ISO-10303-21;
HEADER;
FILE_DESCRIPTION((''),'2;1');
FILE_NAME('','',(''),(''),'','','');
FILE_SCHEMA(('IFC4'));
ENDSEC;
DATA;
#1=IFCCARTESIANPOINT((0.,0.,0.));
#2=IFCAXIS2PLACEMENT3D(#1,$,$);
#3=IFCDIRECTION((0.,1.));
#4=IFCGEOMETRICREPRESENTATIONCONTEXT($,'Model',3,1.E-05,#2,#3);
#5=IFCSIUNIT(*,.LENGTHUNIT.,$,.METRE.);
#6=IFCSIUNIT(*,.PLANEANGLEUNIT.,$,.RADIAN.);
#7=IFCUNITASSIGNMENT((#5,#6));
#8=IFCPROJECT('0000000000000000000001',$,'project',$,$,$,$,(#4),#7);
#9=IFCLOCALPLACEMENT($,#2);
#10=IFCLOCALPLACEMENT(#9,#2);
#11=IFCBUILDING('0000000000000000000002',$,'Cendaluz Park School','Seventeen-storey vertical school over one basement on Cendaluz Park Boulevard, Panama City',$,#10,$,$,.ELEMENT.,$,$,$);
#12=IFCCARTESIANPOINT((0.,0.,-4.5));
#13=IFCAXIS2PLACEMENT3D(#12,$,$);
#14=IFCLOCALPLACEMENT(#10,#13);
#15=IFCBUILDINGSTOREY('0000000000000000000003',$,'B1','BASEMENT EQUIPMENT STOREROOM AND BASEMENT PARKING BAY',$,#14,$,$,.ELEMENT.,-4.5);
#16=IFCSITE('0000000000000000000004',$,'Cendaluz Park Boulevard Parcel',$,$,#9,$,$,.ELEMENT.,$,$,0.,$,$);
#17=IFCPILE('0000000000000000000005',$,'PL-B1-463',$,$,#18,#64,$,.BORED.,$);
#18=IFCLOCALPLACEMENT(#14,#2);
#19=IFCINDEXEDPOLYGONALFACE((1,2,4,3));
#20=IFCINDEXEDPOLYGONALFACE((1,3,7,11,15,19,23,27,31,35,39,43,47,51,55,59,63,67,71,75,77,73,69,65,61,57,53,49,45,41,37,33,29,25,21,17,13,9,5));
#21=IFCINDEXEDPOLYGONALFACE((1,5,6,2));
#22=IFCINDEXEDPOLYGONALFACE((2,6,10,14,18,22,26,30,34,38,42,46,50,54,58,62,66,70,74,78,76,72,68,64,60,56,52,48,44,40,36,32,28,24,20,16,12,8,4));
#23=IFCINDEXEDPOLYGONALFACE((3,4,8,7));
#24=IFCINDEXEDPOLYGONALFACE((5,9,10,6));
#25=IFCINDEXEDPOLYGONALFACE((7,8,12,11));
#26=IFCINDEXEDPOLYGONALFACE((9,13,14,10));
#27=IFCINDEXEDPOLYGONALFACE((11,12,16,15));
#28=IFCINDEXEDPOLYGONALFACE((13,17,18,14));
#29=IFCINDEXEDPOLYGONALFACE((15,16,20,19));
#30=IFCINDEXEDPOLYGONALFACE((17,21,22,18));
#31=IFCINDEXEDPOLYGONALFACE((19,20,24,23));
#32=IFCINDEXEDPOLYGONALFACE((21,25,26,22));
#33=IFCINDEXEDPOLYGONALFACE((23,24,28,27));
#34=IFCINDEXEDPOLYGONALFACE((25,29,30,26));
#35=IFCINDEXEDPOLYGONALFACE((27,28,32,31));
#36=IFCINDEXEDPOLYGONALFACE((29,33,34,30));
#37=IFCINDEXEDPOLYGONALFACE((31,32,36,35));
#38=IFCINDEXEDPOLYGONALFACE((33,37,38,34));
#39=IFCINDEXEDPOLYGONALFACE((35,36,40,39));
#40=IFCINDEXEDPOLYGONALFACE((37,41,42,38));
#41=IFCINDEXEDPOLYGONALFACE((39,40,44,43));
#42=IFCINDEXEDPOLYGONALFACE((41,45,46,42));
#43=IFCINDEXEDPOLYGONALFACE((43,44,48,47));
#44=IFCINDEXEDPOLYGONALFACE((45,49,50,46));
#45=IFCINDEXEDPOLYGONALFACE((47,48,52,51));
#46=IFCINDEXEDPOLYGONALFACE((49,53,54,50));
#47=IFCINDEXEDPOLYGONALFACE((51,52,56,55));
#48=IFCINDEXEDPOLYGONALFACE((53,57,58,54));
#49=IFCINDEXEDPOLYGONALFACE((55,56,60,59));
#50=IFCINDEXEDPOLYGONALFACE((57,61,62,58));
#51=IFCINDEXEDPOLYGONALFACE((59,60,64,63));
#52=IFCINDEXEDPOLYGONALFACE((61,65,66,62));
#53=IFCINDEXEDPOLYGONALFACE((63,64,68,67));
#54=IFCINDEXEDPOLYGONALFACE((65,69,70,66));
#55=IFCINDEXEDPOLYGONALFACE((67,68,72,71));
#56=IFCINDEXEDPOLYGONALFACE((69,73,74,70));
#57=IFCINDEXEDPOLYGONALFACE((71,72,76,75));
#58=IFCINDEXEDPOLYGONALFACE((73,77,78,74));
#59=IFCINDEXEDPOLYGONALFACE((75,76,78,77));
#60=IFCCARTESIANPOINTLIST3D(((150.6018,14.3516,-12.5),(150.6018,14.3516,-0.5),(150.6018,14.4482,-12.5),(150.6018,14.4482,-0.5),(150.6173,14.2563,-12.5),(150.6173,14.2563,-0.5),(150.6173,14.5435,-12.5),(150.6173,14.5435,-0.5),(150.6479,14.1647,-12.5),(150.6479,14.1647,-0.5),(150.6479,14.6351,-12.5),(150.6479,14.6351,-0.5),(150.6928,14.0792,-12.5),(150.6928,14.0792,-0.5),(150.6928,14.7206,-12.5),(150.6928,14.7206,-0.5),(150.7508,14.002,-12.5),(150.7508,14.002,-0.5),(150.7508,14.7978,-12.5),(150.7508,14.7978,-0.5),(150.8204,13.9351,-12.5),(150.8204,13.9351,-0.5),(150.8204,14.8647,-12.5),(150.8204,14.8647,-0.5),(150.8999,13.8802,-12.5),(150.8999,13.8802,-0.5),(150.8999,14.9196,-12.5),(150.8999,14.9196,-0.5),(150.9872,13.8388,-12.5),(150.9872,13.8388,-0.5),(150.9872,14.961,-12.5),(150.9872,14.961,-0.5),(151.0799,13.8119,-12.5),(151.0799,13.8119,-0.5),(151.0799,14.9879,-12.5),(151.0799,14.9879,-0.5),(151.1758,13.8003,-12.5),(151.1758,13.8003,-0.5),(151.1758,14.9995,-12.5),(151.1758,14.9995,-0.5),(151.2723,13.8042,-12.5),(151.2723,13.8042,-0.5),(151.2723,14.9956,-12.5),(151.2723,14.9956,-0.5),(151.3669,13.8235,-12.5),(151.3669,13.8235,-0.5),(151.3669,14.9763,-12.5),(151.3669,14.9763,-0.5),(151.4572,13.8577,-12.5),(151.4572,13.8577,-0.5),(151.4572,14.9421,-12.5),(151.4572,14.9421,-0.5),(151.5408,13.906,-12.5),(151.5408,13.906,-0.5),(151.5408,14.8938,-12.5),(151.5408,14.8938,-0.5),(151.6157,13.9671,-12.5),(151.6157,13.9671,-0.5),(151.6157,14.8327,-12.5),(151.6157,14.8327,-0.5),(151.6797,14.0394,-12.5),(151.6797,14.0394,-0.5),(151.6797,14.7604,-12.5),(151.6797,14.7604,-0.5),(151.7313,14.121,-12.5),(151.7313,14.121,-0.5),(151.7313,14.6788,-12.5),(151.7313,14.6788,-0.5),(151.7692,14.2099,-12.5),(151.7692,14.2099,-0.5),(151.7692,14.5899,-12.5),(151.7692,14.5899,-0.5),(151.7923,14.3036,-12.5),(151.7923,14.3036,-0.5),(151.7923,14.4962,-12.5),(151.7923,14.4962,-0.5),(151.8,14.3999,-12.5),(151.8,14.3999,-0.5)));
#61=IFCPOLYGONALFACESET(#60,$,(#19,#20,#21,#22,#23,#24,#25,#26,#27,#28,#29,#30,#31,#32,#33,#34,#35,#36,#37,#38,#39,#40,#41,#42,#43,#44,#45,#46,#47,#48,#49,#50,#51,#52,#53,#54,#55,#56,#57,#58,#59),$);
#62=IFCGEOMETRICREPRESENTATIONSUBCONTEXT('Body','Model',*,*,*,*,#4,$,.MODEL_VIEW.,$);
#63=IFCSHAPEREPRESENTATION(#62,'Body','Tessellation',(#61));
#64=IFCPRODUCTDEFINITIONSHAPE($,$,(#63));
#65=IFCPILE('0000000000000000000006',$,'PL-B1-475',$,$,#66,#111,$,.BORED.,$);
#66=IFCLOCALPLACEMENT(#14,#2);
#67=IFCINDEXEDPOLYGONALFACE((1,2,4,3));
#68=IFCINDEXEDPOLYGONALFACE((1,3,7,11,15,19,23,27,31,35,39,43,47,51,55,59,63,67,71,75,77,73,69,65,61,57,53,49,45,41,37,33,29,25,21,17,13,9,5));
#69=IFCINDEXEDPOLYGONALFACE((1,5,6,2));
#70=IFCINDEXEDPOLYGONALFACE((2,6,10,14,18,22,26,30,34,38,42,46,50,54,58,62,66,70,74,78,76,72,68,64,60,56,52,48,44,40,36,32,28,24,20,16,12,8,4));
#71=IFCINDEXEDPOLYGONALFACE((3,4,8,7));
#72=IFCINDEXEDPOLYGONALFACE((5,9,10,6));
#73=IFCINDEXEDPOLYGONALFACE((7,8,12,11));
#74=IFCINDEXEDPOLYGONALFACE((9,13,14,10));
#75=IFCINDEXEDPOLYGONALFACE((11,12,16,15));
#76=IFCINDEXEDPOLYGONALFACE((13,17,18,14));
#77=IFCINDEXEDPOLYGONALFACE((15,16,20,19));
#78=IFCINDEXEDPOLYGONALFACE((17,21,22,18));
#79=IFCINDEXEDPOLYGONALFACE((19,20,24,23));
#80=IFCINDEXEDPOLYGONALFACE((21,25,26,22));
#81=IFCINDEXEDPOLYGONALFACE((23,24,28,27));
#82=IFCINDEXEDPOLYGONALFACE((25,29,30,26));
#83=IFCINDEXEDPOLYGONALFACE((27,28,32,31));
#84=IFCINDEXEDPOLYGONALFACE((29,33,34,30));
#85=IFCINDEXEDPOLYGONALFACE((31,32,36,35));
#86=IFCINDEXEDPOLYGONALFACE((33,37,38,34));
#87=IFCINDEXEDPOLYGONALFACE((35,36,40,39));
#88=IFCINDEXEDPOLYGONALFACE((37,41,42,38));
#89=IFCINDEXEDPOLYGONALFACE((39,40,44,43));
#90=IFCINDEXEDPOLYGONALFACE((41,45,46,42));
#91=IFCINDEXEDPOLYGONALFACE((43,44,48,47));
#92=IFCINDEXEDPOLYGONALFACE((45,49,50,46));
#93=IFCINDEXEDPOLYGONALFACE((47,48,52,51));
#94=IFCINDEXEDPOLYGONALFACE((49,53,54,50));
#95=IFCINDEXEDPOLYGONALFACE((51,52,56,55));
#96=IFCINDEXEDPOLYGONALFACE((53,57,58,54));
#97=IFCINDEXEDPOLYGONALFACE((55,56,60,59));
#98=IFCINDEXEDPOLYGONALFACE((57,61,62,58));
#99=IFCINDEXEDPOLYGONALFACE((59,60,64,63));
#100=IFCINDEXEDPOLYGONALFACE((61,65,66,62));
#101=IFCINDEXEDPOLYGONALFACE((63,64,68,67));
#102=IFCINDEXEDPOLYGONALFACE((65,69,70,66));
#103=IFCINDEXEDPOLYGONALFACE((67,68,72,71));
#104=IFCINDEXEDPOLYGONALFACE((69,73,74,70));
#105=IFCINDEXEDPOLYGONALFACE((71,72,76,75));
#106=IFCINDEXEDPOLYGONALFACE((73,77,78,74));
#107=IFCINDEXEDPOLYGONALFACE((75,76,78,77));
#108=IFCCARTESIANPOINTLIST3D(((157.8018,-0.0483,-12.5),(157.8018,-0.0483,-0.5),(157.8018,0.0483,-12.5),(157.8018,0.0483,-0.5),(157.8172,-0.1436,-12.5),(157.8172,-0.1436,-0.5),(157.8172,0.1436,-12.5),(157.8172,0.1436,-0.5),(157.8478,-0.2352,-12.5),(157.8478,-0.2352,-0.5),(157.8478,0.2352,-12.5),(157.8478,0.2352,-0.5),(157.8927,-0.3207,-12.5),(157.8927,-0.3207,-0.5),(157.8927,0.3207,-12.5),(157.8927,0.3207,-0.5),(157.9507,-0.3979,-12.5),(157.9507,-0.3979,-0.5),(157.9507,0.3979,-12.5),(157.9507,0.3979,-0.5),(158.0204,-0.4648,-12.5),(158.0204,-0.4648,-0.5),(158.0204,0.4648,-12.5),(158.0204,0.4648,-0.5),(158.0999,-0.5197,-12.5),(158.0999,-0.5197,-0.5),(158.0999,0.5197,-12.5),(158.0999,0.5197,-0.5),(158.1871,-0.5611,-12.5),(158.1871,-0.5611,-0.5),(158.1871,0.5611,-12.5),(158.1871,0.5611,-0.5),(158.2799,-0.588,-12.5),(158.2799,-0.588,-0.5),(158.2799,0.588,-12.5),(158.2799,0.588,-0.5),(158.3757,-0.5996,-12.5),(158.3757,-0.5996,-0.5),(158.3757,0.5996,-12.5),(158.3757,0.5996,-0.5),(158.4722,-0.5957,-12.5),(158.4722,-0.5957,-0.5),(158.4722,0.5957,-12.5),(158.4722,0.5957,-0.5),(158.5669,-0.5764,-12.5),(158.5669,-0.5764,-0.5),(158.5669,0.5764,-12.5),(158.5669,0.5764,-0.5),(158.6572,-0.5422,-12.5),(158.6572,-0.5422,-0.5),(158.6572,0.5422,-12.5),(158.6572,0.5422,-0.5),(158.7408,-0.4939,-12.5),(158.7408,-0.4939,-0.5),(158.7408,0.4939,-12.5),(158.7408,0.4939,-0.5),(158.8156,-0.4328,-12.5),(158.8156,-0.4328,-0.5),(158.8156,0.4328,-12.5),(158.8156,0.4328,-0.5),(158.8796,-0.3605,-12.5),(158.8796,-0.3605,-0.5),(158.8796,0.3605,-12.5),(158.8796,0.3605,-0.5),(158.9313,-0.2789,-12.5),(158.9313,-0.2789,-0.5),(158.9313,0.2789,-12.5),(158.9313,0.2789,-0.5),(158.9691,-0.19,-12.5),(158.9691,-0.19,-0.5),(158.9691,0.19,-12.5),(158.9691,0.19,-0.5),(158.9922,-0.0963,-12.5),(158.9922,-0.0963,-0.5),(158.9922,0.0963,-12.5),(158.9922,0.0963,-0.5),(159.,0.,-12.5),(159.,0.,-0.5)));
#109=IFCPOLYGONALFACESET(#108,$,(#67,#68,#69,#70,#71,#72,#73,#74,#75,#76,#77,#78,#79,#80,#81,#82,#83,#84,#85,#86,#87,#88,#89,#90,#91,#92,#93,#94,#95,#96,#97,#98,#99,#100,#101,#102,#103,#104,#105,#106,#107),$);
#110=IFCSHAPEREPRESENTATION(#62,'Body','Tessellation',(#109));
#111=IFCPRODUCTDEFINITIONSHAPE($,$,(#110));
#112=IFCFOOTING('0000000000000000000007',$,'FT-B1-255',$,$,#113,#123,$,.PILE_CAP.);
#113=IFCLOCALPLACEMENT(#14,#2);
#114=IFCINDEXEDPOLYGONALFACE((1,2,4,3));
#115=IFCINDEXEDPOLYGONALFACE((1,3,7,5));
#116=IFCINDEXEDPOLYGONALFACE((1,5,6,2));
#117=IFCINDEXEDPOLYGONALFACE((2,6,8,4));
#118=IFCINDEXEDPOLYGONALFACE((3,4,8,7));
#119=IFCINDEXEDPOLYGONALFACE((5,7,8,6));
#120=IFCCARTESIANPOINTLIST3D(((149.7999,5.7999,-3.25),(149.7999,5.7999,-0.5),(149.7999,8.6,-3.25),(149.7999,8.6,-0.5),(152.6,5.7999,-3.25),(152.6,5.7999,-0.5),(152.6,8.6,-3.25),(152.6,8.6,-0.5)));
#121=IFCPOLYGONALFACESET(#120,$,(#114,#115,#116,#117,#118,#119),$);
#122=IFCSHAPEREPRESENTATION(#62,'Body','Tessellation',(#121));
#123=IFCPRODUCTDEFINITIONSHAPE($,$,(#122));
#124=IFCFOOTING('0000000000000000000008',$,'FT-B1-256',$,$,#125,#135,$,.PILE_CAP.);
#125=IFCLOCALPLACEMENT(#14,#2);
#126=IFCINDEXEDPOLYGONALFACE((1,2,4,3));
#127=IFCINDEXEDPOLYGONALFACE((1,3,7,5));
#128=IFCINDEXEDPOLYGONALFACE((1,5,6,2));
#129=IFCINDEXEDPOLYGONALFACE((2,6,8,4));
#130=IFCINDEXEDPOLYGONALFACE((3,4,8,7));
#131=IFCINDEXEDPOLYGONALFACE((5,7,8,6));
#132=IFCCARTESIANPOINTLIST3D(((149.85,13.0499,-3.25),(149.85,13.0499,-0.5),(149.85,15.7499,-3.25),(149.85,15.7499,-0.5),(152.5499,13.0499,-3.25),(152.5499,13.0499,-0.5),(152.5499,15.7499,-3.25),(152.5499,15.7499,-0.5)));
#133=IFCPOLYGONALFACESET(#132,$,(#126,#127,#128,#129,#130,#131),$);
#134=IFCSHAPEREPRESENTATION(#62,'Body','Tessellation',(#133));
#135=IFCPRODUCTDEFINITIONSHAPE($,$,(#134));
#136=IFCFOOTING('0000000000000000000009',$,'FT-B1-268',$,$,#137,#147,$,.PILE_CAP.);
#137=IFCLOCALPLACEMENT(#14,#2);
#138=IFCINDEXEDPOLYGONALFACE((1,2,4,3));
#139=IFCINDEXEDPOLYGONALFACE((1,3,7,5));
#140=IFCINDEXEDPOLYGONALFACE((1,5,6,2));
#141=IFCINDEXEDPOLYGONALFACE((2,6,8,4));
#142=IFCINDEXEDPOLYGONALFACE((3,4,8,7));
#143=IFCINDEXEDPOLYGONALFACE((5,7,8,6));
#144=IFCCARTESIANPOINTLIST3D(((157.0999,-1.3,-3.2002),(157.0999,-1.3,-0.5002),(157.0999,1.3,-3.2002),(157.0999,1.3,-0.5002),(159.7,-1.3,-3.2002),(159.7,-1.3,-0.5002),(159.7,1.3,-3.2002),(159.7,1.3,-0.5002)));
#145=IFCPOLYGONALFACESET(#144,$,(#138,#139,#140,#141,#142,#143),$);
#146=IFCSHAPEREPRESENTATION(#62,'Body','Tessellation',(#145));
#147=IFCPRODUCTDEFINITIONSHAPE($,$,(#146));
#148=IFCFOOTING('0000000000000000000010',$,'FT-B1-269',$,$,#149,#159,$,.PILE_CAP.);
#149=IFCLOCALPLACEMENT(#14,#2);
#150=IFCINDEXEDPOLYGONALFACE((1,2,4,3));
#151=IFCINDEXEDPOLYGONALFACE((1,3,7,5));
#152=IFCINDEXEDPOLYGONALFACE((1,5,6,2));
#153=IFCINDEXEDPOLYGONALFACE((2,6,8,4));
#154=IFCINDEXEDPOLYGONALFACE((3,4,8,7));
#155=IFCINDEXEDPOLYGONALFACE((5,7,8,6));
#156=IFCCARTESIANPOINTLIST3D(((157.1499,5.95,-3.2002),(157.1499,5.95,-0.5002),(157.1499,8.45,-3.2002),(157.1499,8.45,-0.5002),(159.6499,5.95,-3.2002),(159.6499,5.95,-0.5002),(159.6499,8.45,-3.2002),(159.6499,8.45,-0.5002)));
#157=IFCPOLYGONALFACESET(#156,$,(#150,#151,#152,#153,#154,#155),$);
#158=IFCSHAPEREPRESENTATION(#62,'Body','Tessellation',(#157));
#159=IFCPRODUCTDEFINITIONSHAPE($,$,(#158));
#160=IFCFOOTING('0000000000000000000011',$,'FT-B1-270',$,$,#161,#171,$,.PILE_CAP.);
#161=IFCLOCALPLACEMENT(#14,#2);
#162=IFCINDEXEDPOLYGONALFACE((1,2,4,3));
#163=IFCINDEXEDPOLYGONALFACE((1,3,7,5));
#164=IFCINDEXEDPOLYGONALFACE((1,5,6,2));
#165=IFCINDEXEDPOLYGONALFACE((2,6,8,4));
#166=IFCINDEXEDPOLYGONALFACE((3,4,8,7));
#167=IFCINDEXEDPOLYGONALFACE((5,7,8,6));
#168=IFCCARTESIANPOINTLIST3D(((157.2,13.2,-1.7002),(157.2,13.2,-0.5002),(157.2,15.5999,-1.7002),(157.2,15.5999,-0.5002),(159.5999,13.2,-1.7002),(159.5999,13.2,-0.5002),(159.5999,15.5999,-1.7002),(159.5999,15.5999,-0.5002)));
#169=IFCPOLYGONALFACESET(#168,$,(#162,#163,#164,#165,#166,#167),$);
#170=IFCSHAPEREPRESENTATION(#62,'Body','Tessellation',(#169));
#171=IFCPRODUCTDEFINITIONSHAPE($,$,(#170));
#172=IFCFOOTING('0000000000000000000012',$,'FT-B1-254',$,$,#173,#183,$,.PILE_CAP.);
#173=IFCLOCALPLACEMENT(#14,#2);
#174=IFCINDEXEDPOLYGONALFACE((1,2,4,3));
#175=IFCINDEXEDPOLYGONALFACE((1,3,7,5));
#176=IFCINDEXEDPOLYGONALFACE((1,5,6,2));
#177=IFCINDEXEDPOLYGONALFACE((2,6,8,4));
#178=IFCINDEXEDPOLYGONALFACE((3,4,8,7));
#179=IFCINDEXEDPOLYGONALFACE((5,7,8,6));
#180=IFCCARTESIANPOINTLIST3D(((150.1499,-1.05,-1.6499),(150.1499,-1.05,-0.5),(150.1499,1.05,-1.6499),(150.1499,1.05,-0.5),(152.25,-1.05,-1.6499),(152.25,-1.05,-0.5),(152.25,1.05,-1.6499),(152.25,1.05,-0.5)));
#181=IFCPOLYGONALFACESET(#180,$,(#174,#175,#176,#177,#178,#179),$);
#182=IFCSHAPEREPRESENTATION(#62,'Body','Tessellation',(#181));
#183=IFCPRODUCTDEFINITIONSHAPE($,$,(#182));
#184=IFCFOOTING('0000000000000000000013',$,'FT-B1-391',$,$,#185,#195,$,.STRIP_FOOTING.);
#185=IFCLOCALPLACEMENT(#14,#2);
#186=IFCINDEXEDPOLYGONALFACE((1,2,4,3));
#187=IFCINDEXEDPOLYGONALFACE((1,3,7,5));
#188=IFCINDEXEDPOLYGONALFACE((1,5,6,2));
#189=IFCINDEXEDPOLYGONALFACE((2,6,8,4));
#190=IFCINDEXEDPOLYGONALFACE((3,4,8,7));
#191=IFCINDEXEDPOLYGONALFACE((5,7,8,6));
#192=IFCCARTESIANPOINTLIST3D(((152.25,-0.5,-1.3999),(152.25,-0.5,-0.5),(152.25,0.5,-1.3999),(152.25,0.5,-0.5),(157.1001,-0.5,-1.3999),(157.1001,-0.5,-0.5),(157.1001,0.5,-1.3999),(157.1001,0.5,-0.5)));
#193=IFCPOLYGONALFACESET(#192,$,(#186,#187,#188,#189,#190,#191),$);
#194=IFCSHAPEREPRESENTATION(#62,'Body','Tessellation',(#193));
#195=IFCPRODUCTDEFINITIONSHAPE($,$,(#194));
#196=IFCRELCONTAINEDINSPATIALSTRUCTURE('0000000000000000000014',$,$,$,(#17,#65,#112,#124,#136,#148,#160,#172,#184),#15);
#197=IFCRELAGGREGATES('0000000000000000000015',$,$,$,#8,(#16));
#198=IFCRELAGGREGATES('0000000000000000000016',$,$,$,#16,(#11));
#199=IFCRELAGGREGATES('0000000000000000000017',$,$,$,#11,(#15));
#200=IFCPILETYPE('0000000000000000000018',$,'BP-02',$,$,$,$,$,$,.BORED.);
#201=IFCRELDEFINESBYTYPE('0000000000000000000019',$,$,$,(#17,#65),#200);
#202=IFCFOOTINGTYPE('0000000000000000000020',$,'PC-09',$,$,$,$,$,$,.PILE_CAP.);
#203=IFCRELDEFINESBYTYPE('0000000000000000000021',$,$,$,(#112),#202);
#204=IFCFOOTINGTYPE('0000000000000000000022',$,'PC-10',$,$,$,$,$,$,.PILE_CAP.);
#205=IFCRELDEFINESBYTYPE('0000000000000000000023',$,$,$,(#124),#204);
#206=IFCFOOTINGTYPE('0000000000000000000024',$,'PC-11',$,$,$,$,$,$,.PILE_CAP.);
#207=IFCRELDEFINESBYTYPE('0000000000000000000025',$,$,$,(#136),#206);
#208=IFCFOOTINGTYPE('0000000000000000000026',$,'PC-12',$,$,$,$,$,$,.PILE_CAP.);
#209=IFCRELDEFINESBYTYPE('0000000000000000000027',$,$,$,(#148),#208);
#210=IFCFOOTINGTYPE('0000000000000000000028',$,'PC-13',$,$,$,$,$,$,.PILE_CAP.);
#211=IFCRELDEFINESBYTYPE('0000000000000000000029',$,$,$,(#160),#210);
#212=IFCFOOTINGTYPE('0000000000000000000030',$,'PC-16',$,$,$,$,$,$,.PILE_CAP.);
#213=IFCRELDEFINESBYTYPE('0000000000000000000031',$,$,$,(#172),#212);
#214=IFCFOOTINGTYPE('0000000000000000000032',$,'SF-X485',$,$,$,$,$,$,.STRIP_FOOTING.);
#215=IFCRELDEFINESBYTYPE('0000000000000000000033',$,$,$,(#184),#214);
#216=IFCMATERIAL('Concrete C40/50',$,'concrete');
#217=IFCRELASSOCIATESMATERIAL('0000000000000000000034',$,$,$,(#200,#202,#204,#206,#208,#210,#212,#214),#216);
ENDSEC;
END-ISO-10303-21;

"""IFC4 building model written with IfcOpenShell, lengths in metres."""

from ifc_helpers import new_model, si_unit, direction, frame, origin, origin_2d, place, context, subcontext, project, spatial, rectangle, circle, extrude, material, material_profile, profile_set, type_object, element, save


model = new_model("IFC4")

# Units and contexts
model_context = context("Model", 3, precision=1e-05, world=origin(), true_north=direction((0.0, 1.0)))
body_context = subcontext(model_context, "Body", "Model", "MODEL_VIEW")
ifc_project = project(units=[si_unit("LENGTHUNIT", "METRE"), si_unit("PLANEANGLEUNIT", "RADIAN")], contexts=[model_context])

# Site, building, storey
site_placement = place(None, origin())
site = spatial("IfcSite", under=ifc_project, at=site_placement, Name="Cendaluz Park Boulevard Parcel", CompositionType="ELEMENT", RefElevation=0.0)
building_placement = place(site_placement, origin())
building = spatial("IfcBuilding", under=site, at=building_placement, Name="Cendaluz Park School", Description="Seventeen-storey vertical school over one basement on Cendaluz Park Boulevard, Panama City", CompositionType="ELEMENT")
storey_placement = place(building_placement, frame((0.0, 0.0, -4.5)))
storey = spatial("IfcBuildingStorey", under=building, at=storey_placement, Name="B1", Description="BASEMENT EQUIPMENT STOREROOM AND BASEMENT PARKING BAY", CompositionType="ELEMENT", Elevation=-4.5)

# Piles
ifc_material_1 = material(Name="Concrete C40/50", Category="concrete")
ifc_material_profile_1 = material_profile(ifc_material_1, circle(Radius=0.6001, at=origin_2d()), Name="BP D1200", Category="concrete")
ifc_profile_set_1 = profile_set([ifc_material_profile_1], Name="Concrete C40/50")
pile_type_1 = type_object("IfcPileType", Name="BP-02", PredefinedType="BORED", material=ifc_profile_set_1)
for number, where, z_axis, x_axis, name in (
    (1, (151.2, 14.3999, -0.5), (0.0, 0.0, -1.0), (1.0, 0.0, 0.0), "PL-B1-463"),
    (2, (158.3999, 0.0, -0.5), (0.0, 0.0, -1.0), (1.0, 0.0, 0.0), "PL-B1-475"),
):
    element("IfcPile", number, at=place(storey_placement, frame(where, z_axis=z_axis, x_axis=x_axis)), inside=storey, type_object=pile_type_1, Name=name, PredefinedType="BORED", context=body_context, shape_type="SweptSolid", body=[
        extrude(circle(Radius=0.6001, at=origin_2d()), origin(), (0.0, 0.0, 1.0), 12.0),
    ])

# Footings
footing_type_1 = type_object("IfcFootingType", Name="PC-09", PredefinedType="PILE_CAP", material=ifc_material_1)
footing_1_placement = place(storey_placement, frame((151.2, 7.2, -3.25), z_axis=(0.0, 0.0, 1.0), x_axis=(1.0, 0.0, 0.0)))
element("IfcFooting", 3, at=footing_1_placement, inside=storey, type_object=footing_type_1, Name="FT-B1-255", PredefinedType="PILE_CAP", context=body_context, shape_type="SweptSolid", body=[
    extrude(rectangle(XDim=2.8, YDim=2.8, at=origin_2d()), origin(), (0.0, 0.0, 1.0), 2.75),
])
footing_type_2 = type_object("IfcFootingType", Name="PC-10", PredefinedType="PILE_CAP", material=ifc_material_1)
footing_2_placement = place(storey_placement, frame((151.2, 14.3999, -3.25), z_axis=(0.0, 0.0, 1.0), x_axis=(1.0, 0.0, 0.0)))
element("IfcFooting", 4, at=footing_2_placement, inside=storey, type_object=footing_type_2, Name="FT-B1-256", PredefinedType="PILE_CAP", context=body_context, shape_type="SweptSolid", body=[
    extrude(rectangle(XDim=2.7, YDim=2.7, at=origin_2d()), origin(), (0.0, 0.0, 1.0), 2.75),
])
footing_type_3 = type_object("IfcFootingType", Name="PC-11", PredefinedType="PILE_CAP", material=ifc_material_1)
footing_3_placement = place(storey_placement, frame((158.3999, 0.0, -3.2002), z_axis=(0.0, 0.0, 1.0), x_axis=(1.0, 0.0, 0.0)))
element("IfcFooting", 5, at=footing_3_placement, inside=storey, type_object=footing_type_3, Name="FT-B1-268", PredefinedType="PILE_CAP", context=body_context, shape_type="SweptSolid", body=[
    extrude(rectangle(XDim=2.6001, YDim=2.6001, at=origin_2d()), origin(), (0.0, 0.0, 1.0), 2.7),
])
footing_type_4 = type_object("IfcFootingType", Name="PC-12", PredefinedType="PILE_CAP", material=ifc_material_1)
footing_4_placement = place(storey_placement, frame((158.3999, 7.2, -3.2002), z_axis=(0.0, 0.0, 1.0), x_axis=(1.0, 0.0, 0.0)))
element("IfcFooting", 6, at=footing_4_placement, inside=storey, type_object=footing_type_4, Name="FT-B1-269", PredefinedType="PILE_CAP", context=body_context, shape_type="SweptSolid", body=[
    extrude(rectangle(XDim=2.5, YDim=2.5, at=origin_2d()), origin(), (0.0, 0.0, 1.0), 2.7),
])
footing_type_5 = type_object("IfcFootingType", Name="PC-13", PredefinedType="PILE_CAP", material=ifc_material_1)
footing_5_placement = place(storey_placement, frame((158.3999, 14.3999, -1.7002), z_axis=(0.0, 0.0, 1.0), x_axis=(1.0, 0.0, 0.0)))
element("IfcFooting", 7, at=footing_5_placement, inside=storey, type_object=footing_type_5, Name="FT-B1-270", PredefinedType="PILE_CAP", context=body_context, shape_type="SweptSolid", body=[
    extrude(rectangle(XDim=2.3999, YDim=2.3999, at=origin_2d()), origin(), (0.0, 0.0, 1.0), 1.2),
])
footing_type_6 = type_object("IfcFootingType", Name="PC-16", PredefinedType="PILE_CAP", material=ifc_material_1)
footing_6_placement = place(storey_placement, frame((151.2, 0.0, -1.6499), z_axis=(0.0, 0.0, 1.0), x_axis=(1.0, 0.0, 0.0)))
element("IfcFooting", 8, at=footing_6_placement, inside=storey, type_object=footing_type_6, Name="FT-B1-254", PredefinedType="PILE_CAP", context=body_context, shape_type="SweptSolid", body=[
    extrude(rectangle(XDim=2.1001, YDim=2.1001, at=origin_2d()), origin(), (0.0, 0.0, 1.0), 1.1499),
])
footing_type_7 = type_object("IfcFootingType", Name="SF-X485", PredefinedType="STRIP_FOOTING", material=ifc_material_1)
footing_7_placement = place(storey_placement, frame((154.675, 0.0, -1.3999), z_axis=(0.0, 0.0, 1.0), x_axis=(1.0, 0.0, 0.0)))
element("IfcFooting", 9, at=footing_7_placement, inside=storey, type_object=footing_type_7, Name="FT-B1-391", PredefinedType="STRIP_FOOTING", context=body_context, shape_type="SweptSolid", body=[
    extrude(rectangle(XDim=4.8501, YDim=1.0, at=origin_2d()), origin(), (0.0, 0.0, 1.0), 0.8999),
])

save(model, "model.ifc")
